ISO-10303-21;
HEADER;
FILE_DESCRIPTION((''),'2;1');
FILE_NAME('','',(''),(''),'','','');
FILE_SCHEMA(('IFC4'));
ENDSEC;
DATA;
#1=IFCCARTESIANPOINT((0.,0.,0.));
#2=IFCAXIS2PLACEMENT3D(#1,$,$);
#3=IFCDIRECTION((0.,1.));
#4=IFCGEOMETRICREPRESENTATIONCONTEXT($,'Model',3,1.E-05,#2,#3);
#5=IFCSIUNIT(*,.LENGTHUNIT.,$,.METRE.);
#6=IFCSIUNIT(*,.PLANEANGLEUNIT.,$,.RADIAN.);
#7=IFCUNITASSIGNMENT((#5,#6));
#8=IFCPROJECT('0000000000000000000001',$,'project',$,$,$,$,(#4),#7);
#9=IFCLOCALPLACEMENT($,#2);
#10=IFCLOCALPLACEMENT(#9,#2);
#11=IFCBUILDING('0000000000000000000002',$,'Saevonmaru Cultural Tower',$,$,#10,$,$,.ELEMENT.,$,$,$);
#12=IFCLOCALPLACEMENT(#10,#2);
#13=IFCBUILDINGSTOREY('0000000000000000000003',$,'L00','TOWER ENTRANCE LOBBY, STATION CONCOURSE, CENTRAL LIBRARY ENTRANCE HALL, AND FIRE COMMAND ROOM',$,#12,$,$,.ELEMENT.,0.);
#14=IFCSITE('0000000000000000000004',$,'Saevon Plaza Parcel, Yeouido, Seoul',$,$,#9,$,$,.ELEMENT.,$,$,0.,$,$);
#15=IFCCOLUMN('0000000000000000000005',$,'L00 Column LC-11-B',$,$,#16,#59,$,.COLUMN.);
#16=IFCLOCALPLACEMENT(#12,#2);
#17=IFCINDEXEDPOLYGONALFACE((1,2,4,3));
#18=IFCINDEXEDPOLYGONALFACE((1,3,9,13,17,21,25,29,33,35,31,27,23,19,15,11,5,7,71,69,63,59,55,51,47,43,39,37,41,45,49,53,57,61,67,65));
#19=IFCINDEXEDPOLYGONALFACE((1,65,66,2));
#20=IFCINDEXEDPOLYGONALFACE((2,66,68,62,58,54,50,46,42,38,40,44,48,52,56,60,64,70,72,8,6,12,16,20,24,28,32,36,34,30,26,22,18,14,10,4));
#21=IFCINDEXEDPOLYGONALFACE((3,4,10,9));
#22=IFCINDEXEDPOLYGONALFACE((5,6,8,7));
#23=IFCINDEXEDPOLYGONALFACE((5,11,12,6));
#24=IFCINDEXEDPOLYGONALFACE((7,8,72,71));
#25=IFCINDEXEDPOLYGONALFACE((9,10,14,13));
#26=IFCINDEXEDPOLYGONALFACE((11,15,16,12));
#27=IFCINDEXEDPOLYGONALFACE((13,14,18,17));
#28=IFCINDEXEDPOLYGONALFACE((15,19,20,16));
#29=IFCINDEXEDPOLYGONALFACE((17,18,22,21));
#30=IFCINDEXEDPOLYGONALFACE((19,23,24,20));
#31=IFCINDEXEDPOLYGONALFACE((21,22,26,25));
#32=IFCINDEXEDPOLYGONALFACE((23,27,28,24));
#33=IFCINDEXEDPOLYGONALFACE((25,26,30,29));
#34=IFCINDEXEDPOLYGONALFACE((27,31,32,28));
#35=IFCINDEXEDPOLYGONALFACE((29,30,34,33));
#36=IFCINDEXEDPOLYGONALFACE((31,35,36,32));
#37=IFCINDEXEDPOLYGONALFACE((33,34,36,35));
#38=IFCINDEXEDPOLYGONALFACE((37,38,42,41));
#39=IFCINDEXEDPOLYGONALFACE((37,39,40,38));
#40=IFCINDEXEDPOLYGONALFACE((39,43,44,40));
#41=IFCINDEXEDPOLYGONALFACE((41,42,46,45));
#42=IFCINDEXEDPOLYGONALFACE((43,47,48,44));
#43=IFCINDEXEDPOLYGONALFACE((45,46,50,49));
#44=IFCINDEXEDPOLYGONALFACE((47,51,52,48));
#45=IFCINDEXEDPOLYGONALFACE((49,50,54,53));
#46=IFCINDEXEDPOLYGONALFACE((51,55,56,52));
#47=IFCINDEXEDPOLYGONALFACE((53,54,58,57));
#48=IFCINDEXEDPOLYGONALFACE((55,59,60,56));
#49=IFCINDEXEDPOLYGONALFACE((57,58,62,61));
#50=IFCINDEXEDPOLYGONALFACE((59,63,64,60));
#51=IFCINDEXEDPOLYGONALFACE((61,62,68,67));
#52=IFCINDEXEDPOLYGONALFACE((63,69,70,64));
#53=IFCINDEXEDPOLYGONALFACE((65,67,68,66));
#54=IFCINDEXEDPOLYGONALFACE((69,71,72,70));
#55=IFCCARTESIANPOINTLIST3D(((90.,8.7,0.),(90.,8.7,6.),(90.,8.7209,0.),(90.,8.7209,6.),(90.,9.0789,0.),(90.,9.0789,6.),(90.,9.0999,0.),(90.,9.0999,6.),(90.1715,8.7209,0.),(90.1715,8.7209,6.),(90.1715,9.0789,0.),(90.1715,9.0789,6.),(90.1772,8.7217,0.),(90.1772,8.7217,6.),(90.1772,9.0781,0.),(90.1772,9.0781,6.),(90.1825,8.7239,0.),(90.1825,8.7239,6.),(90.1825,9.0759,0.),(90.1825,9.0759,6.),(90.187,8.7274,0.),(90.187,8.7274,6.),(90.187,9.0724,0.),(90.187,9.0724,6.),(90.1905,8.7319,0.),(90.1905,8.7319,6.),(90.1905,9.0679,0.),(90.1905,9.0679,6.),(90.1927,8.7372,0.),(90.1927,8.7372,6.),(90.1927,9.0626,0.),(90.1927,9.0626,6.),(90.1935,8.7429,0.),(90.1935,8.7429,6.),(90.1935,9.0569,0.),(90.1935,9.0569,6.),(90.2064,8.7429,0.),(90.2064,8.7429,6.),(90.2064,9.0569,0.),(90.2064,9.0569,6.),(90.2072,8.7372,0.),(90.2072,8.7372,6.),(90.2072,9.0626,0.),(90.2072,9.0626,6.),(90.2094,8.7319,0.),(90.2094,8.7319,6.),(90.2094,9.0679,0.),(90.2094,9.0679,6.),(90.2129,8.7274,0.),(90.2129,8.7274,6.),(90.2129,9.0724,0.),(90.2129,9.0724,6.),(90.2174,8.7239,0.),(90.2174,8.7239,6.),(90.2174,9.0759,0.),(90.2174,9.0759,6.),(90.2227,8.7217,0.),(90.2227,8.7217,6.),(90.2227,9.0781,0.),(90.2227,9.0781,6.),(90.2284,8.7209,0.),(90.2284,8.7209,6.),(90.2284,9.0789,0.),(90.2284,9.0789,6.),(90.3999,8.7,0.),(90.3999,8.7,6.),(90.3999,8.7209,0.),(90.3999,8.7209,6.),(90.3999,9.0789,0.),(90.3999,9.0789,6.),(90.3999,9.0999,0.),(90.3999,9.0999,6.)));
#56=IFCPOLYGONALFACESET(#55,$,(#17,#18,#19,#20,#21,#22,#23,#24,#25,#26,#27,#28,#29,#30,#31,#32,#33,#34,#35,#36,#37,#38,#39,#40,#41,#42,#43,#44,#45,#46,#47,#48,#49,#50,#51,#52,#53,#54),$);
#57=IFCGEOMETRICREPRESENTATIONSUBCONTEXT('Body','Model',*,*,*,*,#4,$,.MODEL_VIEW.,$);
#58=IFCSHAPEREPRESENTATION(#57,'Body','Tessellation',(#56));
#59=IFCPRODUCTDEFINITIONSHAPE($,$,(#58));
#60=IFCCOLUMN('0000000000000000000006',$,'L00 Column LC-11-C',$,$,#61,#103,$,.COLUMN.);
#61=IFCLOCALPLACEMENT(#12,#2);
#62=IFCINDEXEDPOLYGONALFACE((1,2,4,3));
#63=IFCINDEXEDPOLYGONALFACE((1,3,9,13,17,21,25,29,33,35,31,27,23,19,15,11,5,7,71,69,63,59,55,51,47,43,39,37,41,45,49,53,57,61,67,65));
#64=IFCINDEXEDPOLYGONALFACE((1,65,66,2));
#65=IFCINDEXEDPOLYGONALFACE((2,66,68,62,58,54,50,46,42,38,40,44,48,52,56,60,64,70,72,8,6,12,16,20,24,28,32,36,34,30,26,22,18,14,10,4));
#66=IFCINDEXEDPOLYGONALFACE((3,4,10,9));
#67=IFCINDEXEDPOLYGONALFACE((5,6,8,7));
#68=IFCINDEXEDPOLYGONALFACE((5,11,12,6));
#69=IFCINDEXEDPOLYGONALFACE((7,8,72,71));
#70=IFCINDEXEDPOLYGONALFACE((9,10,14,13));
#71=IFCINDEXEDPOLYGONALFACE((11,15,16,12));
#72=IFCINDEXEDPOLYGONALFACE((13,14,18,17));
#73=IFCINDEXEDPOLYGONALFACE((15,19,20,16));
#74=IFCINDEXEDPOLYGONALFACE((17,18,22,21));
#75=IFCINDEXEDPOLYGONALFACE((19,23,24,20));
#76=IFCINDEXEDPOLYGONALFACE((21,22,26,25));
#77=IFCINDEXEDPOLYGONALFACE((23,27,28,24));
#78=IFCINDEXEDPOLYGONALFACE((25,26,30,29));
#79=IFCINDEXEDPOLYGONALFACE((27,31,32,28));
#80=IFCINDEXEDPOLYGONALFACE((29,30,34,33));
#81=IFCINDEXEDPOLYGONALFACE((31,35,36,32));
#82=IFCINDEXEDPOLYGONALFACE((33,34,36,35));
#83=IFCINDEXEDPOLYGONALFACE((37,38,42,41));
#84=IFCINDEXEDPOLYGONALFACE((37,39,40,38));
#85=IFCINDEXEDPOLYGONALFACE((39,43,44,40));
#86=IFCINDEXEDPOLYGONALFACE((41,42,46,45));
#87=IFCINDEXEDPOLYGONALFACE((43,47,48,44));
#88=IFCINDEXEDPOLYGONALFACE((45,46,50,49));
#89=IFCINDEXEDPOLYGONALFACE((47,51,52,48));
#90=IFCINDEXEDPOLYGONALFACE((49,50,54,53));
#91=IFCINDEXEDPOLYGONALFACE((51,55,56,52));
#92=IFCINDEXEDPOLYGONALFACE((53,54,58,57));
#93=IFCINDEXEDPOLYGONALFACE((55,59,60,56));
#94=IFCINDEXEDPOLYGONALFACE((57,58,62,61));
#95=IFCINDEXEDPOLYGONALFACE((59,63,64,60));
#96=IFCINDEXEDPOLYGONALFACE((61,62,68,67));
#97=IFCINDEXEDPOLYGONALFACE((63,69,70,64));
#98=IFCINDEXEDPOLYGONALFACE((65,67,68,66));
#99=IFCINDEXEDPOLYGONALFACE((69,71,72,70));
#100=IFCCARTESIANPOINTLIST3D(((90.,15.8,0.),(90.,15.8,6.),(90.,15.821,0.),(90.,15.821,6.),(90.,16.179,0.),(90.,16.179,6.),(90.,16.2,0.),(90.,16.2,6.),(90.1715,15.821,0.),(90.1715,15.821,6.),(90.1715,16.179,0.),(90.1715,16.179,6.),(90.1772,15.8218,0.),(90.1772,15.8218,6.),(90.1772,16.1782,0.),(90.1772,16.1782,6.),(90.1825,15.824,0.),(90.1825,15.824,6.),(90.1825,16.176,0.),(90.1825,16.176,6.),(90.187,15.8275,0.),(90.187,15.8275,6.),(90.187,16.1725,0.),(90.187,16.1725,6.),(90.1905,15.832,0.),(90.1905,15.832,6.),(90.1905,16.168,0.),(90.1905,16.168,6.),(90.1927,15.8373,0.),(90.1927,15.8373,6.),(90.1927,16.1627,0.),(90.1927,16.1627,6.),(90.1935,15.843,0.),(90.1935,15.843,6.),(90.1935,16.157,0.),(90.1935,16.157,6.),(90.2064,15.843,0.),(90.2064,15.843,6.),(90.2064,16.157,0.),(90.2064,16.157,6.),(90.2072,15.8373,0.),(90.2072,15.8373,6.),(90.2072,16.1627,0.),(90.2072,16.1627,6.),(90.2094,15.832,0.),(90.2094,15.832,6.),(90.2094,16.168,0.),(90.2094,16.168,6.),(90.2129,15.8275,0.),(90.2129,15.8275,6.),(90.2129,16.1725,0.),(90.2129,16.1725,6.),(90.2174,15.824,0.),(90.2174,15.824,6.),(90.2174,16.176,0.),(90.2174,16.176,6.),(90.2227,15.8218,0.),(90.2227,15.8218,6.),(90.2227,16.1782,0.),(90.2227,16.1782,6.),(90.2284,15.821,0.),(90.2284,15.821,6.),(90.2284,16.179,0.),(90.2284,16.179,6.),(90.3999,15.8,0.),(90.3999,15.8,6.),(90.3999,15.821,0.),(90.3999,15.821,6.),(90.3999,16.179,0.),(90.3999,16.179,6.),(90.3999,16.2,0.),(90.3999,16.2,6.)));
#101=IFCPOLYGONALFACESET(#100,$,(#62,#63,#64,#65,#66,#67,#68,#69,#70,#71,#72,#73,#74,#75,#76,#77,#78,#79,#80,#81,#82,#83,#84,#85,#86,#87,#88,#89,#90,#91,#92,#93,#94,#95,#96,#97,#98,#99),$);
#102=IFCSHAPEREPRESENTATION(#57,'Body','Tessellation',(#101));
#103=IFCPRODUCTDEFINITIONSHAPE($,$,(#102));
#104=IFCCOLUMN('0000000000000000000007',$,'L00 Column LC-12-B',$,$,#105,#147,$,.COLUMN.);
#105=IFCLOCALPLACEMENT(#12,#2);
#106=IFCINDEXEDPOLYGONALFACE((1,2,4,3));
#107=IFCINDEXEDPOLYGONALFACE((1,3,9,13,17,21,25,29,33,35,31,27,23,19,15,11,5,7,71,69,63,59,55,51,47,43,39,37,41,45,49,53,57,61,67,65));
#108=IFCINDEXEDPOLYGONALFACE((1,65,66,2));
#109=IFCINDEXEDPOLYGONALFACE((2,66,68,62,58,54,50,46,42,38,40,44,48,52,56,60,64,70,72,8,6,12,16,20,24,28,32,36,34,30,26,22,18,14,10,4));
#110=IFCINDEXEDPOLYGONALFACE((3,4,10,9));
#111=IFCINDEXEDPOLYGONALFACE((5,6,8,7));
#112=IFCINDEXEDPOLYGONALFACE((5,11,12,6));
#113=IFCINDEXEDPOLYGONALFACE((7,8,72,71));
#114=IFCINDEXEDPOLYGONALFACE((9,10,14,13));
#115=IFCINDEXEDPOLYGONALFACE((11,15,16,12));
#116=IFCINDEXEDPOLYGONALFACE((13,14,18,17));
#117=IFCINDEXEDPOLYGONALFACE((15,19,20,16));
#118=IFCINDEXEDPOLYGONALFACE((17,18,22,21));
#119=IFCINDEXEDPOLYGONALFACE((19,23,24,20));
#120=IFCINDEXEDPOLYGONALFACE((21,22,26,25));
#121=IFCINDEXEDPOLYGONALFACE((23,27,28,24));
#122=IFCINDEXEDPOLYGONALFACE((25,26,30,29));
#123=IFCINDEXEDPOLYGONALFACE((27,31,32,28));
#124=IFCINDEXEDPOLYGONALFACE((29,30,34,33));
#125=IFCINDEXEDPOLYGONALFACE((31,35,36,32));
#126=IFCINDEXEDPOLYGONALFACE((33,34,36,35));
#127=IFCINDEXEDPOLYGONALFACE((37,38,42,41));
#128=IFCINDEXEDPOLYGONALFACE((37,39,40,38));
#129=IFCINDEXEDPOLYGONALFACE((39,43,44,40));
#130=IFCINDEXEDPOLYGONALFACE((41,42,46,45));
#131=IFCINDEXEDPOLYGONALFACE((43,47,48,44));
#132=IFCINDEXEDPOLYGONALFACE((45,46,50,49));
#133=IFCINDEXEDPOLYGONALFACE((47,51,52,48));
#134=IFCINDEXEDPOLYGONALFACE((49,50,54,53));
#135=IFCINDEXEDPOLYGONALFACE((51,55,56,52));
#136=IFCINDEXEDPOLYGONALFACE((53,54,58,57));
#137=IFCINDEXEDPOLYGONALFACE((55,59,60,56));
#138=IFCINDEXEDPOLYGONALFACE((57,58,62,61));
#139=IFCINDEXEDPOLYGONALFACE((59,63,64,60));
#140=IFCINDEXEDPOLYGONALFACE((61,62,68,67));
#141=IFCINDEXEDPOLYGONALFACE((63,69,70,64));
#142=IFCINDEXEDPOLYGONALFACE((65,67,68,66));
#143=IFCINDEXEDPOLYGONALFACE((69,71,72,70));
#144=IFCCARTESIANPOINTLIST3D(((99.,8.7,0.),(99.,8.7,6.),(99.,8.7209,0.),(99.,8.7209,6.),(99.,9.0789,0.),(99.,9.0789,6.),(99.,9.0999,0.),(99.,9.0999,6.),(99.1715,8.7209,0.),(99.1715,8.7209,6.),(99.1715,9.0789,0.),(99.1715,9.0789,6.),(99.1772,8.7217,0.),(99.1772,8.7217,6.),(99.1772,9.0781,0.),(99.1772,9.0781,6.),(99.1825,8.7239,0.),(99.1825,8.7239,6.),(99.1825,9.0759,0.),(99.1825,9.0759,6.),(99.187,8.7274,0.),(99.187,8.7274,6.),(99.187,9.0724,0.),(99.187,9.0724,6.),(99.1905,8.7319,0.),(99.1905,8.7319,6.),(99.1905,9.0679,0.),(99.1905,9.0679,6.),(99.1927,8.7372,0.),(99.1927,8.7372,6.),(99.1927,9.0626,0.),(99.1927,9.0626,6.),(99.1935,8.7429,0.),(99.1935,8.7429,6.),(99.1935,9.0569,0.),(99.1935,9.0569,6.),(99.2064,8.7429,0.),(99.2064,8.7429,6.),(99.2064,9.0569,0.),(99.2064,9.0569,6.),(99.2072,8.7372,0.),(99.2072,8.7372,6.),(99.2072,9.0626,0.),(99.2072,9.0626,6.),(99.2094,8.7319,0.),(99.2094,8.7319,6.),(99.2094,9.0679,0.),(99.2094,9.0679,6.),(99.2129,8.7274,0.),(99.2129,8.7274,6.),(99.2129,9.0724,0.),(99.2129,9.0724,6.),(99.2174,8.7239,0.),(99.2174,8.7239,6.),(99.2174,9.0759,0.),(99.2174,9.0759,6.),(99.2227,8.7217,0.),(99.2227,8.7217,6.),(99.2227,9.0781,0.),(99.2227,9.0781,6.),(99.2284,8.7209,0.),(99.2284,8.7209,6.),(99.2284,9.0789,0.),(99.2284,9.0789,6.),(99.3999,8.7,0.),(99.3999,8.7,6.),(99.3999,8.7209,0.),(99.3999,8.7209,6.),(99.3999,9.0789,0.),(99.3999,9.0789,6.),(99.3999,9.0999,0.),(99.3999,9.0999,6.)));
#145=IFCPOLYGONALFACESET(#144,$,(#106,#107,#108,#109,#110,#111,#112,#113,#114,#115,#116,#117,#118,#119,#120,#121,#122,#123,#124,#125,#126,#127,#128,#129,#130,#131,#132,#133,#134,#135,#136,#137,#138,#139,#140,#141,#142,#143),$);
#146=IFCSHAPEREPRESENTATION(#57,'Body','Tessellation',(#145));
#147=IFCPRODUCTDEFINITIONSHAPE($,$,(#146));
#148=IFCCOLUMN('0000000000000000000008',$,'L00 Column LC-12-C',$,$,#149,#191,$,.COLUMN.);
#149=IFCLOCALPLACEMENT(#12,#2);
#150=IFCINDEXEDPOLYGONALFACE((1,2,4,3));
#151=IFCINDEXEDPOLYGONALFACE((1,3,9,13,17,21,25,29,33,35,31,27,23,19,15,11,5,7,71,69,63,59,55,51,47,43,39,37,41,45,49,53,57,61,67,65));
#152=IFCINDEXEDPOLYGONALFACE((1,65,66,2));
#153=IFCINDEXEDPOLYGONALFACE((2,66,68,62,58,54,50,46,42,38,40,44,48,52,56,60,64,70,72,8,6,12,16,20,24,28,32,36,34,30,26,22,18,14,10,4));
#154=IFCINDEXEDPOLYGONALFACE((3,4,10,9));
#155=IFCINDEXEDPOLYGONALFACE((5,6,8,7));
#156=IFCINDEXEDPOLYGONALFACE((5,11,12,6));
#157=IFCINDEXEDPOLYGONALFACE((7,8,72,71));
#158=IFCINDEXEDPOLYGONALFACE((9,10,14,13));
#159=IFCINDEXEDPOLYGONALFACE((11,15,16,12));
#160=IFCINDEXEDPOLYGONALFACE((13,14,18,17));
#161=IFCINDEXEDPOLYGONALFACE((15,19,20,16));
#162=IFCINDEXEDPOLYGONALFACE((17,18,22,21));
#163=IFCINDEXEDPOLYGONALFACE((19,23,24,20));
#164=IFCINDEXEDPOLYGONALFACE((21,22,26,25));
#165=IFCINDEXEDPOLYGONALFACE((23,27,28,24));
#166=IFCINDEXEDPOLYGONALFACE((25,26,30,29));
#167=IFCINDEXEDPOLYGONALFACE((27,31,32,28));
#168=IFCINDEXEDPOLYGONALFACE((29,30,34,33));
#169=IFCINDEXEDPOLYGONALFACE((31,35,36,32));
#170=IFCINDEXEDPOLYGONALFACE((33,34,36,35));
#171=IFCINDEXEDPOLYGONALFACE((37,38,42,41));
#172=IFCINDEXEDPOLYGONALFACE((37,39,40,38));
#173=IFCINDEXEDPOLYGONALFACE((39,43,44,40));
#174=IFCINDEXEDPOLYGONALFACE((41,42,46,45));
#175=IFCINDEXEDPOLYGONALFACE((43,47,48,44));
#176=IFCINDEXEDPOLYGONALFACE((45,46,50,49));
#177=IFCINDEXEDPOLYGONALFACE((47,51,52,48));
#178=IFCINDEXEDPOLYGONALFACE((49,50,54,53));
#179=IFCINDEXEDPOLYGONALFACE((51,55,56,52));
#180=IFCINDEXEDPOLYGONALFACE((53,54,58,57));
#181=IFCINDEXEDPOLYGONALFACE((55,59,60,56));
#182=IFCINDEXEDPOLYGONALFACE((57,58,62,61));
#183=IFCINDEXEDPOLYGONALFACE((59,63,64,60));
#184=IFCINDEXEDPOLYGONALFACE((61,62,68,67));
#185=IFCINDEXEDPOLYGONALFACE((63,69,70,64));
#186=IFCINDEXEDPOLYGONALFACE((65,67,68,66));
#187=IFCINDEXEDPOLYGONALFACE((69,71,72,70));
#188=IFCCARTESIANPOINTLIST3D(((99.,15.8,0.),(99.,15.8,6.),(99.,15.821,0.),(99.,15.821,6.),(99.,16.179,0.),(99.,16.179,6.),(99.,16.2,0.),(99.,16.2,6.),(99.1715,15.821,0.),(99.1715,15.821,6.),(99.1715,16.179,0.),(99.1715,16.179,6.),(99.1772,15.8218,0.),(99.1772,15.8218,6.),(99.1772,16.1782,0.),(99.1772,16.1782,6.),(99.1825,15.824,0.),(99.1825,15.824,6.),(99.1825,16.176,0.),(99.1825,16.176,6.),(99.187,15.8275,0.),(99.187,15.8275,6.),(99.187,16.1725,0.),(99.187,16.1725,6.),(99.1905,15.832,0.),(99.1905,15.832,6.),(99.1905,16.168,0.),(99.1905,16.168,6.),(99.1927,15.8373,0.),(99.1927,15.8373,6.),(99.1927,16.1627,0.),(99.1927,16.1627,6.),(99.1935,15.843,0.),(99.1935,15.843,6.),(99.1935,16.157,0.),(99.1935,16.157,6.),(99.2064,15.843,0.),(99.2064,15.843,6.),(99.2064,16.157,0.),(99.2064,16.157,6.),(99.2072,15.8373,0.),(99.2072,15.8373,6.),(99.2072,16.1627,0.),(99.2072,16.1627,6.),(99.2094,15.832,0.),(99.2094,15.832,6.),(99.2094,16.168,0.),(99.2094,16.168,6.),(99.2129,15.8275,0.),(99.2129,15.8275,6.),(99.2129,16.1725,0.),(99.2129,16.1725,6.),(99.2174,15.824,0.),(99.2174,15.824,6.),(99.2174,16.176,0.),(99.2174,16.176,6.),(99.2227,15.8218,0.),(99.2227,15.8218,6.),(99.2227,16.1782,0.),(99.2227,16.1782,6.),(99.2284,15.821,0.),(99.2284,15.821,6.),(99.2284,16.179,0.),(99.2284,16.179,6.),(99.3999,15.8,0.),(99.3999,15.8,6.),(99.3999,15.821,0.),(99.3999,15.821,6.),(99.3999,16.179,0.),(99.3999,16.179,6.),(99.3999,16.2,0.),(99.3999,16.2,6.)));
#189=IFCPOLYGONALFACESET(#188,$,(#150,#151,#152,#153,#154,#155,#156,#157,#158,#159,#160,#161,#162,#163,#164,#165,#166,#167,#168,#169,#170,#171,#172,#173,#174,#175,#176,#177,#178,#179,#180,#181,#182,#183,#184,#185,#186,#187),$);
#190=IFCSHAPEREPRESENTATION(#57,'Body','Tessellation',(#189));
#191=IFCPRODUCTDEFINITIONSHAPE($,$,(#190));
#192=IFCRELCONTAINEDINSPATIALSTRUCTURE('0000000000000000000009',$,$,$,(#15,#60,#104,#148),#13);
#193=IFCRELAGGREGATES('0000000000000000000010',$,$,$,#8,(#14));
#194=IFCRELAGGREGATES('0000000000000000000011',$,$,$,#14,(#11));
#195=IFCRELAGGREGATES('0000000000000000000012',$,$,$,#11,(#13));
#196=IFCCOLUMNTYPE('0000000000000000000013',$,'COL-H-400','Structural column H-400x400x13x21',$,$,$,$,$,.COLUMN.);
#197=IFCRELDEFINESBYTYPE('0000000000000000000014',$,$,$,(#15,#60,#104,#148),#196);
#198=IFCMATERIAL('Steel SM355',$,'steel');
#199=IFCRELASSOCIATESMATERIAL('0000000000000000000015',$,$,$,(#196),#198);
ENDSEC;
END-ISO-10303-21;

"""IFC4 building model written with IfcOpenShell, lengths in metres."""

from ifc_helpers import new_model, si_unit, direction, frame, origin, origin_2d, place, context, subcontext, project, spatial, i_section, extrude, material, material_profile, profile_set, type_object, element, save


model = new_model("IFC4")

# Units and contexts
model_context = context("Model", 3, precision=1e-05, world=origin(), true_north=direction((0.0, 1.0)))
body_context = subcontext(model_context, "Body", "Model", "MODEL_VIEW")
ifc_project = project(units=[si_unit("LENGTHUNIT", "METRE"), si_unit("PLANEANGLEUNIT", "RADIAN")], contexts=[model_context])

# Site, building, storey
site_placement = place(None, origin())
site = spatial("IfcSite", under=ifc_project, at=site_placement, Name="Saevon Plaza Parcel, Yeouido, Seoul", CompositionType="ELEMENT", RefElevation=0.0)
building_placement = place(site_placement, origin())
building = spatial("IfcBuilding", under=site, at=building_placement, Name="Saevonmaru Cultural Tower", CompositionType="ELEMENT")
storey_placement = place(building_placement, origin())
storey = spatial("IfcBuildingStorey", under=building, at=storey_placement, Name="L00", Description="TOWER ENTRANCE LOBBY, STATION CONCOURSE, CENTRAL LIBRARY ENTRANCE HALL, AND FIRE COMMAND ROOM", CompositionType="ELEMENT", Elevation=0.0)

# Columns
ifc_material_1 = material(Name="Steel SM355", Category="steel")
ifc_material_profile_1 = material_profile(ifc_material_1, i_section(OverallWidth=0.3999, OverallDepth=0.3999, WebThickness=0.0129, FlangeThickness=0.021, FilletRadius=0.022, at=origin_2d()), Name="H-400x400x13x21")
ifc_profile_set_1 = profile_set([ifc_material_profile_1], Name="Steel SM355")
column_type_1 = type_object("IfcColumnType", Name="COL-H-400", Description="Structural column H-400x400x13x21", PredefinedType="COLUMN", material=ifc_profile_set_1)
for number, where, z_axis, x_axis, name in (
    (1, (90.2, 8.8999, 0.0), (0.0, 0.0, 1.0), (1.0, 0.0, 0.0), "L00 Column LC-11-B"),
    (2, (90.2, 16.0, 0.0), (0.0, 0.0, 1.0), (1.0, 0.0, 0.0), "L00 Column LC-11-C"),
    (3, (99.2, 8.8999, 0.0), (0.0, 0.0, 1.0), (1.0, 0.0, 0.0), "L00 Column LC-12-B"),
    (4, (99.2, 16.0, 0.0), (0.0, 0.0, 1.0), (1.0, 0.0, 0.0), "L00 Column LC-12-C"),
):
    element("IfcColumn", number, at=place(storey_placement, frame(where, z_axis=z_axis, x_axis=x_axis)), inside=storey, type_object=column_type_1, Name=name, PredefinedType="COLUMN", context=body_context, shape_type="SweptSolid", body=[
        extrude(i_section(OverallWidth=0.3999, OverallDepth=0.3999, WebThickness=0.0129, FlangeThickness=0.021, FilletRadius=0.022, at=origin_2d()), origin(), (0.0, 0.0, 1.0), 6.0),
    ])

save(model, "model.ifc")
